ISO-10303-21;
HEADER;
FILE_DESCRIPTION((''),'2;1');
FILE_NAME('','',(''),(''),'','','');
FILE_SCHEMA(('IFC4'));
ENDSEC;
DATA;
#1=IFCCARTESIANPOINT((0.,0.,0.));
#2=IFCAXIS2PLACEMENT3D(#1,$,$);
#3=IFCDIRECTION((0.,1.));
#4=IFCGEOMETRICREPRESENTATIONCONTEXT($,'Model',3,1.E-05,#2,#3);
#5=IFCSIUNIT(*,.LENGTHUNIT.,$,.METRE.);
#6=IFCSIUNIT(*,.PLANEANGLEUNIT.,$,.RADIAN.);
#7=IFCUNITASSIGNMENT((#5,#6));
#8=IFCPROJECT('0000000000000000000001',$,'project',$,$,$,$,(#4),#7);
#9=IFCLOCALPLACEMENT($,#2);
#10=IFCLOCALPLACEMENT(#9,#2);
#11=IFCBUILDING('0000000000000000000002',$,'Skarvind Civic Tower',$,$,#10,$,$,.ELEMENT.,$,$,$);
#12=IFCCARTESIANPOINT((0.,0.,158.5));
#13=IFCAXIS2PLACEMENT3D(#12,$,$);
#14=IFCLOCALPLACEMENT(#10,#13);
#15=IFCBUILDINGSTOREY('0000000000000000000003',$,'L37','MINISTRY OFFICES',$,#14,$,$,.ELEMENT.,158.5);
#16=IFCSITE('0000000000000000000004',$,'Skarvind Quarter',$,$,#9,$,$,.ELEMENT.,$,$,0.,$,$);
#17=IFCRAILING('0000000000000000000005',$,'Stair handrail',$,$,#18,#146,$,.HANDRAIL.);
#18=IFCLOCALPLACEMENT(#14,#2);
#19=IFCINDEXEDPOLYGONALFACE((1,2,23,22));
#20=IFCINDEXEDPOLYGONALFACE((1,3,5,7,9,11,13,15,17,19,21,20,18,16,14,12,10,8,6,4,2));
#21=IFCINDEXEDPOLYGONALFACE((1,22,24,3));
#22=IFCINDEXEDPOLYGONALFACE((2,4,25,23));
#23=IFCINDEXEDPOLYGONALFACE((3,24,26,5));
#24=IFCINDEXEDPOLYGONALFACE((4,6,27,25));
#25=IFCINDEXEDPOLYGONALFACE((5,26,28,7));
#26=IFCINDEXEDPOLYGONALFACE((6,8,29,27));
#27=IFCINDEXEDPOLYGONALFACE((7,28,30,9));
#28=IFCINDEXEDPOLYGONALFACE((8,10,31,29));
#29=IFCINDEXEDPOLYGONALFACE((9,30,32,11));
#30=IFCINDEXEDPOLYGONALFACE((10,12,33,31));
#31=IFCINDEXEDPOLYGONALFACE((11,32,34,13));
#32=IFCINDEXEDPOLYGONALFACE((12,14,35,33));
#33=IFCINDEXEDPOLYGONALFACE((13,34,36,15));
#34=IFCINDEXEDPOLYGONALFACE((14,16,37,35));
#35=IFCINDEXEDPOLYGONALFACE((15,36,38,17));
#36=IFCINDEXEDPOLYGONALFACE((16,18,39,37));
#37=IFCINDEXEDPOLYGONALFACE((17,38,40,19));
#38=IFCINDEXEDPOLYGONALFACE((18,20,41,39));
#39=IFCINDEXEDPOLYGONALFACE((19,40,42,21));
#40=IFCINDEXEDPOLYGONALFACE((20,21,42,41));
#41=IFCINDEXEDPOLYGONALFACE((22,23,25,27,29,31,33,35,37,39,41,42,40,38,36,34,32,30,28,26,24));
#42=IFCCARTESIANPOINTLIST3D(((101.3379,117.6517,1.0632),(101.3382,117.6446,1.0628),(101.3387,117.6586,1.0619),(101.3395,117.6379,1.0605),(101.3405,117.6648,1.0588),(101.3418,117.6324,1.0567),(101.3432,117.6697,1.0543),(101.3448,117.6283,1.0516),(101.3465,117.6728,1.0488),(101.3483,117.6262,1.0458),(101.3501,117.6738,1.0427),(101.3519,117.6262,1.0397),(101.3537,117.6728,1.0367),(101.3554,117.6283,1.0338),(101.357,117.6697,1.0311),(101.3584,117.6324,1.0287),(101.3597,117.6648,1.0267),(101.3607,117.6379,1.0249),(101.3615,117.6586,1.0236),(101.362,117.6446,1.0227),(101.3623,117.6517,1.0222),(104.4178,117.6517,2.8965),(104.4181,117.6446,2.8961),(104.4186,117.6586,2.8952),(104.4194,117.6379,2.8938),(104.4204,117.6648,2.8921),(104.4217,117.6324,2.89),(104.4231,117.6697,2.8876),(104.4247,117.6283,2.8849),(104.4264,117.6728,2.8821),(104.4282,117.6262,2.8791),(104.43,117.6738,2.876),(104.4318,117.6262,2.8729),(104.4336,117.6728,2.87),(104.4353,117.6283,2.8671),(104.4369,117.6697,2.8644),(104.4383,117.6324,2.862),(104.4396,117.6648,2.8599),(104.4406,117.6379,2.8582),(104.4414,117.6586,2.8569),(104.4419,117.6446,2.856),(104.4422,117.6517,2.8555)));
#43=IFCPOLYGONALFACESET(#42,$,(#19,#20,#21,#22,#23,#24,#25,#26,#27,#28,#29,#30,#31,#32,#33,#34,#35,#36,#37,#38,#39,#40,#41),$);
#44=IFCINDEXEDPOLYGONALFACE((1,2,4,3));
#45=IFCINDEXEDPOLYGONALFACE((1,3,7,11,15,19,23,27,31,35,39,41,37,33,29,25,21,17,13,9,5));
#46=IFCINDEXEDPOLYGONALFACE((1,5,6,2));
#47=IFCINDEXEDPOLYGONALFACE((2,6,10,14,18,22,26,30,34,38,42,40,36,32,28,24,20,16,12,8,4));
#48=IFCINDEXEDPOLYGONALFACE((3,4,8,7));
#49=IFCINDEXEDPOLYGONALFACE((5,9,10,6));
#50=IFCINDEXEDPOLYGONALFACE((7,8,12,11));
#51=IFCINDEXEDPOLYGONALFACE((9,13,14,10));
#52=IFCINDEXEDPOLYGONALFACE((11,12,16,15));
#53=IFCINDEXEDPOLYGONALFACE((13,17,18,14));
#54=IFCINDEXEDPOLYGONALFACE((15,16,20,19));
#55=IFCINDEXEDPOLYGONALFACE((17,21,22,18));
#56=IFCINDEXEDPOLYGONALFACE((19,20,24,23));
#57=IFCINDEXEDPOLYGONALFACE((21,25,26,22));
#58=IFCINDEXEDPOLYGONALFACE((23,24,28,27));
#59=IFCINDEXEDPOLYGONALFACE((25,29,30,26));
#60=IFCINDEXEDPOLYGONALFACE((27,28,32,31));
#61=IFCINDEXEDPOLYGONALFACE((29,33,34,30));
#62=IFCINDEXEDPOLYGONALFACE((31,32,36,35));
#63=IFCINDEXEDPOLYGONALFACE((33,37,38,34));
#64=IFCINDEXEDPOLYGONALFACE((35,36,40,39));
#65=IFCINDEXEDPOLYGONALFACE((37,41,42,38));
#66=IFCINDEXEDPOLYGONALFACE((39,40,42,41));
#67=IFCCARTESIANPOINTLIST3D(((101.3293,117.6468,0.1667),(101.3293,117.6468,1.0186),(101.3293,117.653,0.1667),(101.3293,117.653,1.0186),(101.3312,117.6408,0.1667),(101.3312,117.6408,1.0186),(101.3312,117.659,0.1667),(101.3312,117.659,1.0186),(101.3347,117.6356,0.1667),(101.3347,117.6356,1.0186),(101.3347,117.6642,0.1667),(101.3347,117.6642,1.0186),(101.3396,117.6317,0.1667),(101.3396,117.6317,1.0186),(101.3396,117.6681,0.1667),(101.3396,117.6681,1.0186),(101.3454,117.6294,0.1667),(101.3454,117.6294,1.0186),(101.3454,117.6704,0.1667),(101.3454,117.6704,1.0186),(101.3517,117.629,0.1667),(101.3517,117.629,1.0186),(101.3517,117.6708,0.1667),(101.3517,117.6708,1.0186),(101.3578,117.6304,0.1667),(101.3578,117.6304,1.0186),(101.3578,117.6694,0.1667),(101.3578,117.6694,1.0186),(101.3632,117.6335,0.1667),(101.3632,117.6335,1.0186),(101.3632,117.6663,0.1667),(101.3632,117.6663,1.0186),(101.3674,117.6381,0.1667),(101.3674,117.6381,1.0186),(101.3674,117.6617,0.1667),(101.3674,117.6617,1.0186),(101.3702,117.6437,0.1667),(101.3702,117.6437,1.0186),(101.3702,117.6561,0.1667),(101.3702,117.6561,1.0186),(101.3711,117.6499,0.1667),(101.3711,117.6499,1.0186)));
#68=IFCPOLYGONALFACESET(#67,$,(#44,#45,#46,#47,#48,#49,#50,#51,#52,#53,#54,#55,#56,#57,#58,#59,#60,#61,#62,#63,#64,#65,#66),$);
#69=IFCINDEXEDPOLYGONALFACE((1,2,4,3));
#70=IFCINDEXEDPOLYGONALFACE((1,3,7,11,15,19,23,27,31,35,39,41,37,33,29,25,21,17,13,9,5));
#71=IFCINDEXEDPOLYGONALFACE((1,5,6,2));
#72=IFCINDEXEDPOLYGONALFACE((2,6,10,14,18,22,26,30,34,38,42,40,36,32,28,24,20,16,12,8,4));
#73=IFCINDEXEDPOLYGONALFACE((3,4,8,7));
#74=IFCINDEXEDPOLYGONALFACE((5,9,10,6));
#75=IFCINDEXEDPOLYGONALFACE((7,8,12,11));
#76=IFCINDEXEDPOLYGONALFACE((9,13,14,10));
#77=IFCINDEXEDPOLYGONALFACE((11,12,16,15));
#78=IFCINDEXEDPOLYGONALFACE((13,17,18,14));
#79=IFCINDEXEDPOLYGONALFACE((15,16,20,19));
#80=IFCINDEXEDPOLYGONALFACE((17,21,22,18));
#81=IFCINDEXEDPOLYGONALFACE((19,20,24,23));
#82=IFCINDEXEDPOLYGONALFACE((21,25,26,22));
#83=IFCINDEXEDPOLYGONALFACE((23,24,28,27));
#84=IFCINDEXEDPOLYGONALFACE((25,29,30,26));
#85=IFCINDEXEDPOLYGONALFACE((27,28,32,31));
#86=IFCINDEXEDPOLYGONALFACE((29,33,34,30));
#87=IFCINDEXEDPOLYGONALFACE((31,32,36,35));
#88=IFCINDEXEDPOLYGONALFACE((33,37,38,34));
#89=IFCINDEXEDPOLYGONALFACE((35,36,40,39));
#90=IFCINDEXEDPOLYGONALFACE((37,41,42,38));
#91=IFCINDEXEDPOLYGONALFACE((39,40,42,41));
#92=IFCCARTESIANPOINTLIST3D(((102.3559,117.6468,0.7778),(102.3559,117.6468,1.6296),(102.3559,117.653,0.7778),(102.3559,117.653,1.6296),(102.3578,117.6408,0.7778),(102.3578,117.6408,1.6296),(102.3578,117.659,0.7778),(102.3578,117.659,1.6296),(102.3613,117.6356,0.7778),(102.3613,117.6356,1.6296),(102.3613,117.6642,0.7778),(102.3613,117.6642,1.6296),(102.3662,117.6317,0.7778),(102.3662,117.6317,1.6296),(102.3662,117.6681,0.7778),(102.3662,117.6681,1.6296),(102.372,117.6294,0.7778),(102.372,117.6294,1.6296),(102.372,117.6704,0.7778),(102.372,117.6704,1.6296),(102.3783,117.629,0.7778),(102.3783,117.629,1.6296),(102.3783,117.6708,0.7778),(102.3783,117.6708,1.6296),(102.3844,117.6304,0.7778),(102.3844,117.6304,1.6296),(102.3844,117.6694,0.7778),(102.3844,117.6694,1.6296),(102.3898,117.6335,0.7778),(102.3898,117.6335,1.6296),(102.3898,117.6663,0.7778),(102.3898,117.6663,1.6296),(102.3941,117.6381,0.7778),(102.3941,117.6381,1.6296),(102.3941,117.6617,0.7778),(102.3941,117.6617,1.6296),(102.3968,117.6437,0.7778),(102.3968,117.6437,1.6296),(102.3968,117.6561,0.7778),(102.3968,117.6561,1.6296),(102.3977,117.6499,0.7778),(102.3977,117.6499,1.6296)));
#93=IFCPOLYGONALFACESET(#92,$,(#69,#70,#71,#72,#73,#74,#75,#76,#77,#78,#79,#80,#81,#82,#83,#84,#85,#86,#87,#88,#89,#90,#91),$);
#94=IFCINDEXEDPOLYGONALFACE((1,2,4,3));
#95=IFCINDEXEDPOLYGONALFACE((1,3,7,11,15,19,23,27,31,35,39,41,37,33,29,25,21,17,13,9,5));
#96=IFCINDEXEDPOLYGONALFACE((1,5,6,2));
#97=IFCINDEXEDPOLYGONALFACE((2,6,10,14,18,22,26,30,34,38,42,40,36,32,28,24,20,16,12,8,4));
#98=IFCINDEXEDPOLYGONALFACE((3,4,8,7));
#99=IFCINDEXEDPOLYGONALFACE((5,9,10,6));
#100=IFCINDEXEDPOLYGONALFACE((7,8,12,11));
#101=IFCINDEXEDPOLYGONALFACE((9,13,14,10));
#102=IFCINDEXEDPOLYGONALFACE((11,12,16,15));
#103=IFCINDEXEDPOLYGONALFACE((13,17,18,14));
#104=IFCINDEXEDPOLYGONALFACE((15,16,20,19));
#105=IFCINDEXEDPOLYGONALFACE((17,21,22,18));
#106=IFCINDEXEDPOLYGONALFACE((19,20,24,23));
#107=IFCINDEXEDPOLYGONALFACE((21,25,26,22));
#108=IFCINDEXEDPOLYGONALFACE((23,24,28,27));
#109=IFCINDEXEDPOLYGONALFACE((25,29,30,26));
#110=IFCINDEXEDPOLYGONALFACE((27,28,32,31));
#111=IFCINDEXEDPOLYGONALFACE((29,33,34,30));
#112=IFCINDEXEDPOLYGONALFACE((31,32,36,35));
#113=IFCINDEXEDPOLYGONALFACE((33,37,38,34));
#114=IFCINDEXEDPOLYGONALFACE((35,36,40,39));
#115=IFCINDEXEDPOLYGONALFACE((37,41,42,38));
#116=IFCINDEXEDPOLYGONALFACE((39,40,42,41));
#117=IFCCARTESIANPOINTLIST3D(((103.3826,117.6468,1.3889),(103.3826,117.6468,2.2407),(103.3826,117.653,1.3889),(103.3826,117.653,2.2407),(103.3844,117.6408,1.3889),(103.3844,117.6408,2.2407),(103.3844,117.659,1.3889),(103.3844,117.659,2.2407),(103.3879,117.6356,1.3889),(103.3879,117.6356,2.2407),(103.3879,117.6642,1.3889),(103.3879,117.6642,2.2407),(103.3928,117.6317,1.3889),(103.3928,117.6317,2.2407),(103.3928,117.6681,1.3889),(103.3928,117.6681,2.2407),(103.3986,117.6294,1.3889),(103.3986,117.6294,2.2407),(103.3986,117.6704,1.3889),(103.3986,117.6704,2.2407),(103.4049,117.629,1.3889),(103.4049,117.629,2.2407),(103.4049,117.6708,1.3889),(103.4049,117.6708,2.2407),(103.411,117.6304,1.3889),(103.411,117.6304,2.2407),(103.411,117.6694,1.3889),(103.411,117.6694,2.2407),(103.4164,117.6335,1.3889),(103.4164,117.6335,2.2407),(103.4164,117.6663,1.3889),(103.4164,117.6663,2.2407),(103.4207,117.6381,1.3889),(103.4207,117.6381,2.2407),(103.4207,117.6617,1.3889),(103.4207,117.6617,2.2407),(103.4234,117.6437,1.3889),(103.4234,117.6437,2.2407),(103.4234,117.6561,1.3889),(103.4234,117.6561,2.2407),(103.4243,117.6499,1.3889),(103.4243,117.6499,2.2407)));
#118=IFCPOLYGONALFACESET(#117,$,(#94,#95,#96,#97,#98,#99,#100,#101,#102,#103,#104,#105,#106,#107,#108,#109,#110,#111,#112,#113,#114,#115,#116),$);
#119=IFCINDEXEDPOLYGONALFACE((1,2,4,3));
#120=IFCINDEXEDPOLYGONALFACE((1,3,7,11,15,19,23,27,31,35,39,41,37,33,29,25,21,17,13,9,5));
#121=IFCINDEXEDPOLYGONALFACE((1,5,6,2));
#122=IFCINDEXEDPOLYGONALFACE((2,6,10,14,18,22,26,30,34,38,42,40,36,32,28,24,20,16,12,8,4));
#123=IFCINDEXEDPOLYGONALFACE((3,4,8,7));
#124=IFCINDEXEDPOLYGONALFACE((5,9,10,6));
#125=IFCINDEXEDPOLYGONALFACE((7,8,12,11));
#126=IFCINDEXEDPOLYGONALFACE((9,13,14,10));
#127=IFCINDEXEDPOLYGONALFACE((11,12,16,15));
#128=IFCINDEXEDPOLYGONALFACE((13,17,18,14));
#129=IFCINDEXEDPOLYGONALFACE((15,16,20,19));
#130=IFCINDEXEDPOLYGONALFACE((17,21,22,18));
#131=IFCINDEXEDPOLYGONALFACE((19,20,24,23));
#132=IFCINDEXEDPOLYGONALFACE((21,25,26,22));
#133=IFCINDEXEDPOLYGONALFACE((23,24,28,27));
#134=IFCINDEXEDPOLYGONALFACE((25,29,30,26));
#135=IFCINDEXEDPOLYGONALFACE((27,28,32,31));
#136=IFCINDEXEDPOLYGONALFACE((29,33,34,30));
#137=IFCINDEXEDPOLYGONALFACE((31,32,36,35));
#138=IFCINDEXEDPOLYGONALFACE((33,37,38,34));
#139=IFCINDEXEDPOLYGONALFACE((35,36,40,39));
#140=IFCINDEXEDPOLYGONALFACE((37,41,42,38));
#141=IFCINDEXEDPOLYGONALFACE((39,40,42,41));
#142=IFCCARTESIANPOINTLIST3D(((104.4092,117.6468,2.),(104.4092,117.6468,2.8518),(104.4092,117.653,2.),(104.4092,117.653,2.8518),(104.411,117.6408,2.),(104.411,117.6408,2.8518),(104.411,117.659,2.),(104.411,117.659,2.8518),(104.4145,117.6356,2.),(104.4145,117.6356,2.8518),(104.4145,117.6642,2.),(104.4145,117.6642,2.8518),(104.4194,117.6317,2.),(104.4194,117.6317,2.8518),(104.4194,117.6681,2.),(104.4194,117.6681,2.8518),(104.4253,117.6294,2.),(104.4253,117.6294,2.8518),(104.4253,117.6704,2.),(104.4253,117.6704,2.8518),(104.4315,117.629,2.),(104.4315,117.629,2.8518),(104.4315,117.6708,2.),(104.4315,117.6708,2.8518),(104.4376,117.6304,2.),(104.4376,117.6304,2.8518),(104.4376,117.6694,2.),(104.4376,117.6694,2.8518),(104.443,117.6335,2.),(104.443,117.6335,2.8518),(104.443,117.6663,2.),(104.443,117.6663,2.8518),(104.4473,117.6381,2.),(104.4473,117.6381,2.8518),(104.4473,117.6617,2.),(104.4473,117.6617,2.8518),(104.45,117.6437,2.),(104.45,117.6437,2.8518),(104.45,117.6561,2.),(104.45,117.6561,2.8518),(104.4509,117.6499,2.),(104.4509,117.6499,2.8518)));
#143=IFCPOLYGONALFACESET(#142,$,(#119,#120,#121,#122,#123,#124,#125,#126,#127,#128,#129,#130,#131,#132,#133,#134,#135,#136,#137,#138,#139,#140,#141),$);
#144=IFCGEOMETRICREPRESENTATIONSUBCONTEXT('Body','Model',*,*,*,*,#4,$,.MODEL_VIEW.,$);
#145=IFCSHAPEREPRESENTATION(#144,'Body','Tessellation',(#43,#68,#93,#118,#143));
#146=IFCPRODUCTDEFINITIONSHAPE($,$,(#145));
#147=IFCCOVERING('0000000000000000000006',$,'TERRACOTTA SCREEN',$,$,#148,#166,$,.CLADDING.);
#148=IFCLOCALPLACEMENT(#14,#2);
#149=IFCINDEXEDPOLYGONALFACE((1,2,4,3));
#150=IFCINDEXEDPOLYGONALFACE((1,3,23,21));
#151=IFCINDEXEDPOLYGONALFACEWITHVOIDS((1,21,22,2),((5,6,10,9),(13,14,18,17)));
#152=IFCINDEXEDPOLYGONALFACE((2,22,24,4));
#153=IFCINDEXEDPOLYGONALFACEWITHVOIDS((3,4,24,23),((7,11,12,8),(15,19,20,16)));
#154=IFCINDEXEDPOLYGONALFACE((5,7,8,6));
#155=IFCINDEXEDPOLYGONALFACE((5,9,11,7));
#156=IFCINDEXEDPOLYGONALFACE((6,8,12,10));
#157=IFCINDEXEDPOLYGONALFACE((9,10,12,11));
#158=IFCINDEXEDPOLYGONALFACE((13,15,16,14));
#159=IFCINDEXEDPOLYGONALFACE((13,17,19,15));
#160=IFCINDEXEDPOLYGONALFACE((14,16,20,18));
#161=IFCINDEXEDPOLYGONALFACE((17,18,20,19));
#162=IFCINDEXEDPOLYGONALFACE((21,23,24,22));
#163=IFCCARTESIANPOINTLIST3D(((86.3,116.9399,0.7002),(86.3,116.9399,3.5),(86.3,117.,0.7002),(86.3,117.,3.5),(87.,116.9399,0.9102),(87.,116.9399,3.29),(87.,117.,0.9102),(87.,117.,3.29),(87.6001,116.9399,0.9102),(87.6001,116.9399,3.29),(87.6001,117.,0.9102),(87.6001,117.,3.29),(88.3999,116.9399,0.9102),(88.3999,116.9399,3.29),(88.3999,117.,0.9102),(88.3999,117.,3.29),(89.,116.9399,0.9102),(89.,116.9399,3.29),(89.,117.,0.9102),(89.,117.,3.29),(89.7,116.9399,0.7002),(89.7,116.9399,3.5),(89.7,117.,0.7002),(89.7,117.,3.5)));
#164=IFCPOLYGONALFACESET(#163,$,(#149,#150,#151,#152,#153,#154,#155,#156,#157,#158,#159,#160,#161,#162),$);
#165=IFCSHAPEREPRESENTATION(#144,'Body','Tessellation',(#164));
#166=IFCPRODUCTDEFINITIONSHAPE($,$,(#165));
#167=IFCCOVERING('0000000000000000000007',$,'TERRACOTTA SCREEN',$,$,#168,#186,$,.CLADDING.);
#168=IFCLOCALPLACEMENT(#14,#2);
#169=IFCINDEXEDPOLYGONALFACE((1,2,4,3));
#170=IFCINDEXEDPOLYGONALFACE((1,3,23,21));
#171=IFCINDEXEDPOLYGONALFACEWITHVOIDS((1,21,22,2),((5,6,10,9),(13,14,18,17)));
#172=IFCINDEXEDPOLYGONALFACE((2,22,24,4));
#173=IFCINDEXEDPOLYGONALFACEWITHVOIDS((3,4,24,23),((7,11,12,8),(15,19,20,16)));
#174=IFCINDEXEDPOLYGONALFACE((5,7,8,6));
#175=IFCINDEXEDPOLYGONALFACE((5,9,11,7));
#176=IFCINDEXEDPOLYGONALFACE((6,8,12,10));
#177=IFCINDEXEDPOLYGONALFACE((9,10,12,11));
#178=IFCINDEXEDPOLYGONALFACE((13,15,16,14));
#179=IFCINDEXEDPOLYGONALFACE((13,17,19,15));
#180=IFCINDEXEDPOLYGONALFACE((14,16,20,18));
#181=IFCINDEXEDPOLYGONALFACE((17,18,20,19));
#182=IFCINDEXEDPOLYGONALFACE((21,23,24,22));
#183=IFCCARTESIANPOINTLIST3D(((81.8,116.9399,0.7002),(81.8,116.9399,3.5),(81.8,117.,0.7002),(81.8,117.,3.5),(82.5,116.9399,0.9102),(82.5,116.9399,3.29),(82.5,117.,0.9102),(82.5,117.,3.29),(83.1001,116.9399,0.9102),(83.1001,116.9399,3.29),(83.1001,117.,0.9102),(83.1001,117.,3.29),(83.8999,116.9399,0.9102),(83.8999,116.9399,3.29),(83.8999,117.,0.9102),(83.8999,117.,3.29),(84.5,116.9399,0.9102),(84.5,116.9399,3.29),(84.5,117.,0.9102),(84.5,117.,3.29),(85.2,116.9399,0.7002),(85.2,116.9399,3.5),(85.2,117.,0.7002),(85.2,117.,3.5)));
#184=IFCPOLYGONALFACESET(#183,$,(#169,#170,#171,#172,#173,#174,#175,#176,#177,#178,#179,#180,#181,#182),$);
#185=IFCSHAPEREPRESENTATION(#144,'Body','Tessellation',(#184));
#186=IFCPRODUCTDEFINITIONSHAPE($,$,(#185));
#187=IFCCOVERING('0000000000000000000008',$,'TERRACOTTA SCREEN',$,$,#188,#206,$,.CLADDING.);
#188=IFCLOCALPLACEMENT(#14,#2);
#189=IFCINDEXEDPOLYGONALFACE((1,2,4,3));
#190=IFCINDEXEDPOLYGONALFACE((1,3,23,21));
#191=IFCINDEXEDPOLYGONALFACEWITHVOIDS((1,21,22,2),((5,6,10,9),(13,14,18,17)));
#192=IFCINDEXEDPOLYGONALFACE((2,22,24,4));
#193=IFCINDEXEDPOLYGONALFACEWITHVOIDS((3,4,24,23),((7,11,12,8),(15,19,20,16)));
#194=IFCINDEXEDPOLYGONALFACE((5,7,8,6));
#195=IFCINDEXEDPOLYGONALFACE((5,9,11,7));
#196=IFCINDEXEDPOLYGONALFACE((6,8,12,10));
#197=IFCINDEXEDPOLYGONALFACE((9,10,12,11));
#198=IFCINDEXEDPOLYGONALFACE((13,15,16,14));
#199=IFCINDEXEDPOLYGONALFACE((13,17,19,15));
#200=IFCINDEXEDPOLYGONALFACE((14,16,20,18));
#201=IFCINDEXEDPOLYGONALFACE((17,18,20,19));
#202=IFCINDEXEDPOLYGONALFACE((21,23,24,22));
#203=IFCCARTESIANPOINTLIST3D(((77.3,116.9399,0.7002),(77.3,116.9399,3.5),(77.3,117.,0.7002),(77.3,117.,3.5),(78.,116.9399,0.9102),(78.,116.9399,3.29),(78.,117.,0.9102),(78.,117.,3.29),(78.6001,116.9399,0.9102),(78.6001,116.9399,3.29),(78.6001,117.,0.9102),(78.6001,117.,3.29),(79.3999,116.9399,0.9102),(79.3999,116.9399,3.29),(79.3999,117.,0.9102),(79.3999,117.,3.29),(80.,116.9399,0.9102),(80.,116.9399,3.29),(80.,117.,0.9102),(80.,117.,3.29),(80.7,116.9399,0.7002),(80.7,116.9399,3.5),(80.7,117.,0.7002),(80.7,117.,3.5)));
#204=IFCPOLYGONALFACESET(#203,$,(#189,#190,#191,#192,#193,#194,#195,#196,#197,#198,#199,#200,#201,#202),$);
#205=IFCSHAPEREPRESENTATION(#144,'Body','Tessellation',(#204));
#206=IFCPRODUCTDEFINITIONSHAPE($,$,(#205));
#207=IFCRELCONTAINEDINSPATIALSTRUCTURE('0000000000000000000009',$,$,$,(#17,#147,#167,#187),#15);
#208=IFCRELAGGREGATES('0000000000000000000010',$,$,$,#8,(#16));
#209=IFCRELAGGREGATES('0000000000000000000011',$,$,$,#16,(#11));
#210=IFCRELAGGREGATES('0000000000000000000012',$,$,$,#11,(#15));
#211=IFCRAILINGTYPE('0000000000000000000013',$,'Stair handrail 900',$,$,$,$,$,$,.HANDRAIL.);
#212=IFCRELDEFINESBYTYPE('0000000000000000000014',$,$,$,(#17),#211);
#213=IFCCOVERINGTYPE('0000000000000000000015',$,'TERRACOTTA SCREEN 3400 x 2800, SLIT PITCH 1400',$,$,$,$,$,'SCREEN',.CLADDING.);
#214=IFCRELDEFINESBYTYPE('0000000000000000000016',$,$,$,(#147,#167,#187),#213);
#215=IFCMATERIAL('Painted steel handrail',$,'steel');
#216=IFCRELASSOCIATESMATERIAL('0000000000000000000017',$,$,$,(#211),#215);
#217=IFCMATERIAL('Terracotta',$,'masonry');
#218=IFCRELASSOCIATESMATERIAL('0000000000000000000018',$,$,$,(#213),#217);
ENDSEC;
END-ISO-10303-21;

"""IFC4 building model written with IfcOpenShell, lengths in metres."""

from ifc_helpers import new_model, si_unit, direction, frame, origin, origin_2d, place, context, subcontext, project, spatial, polyline, circle, outline, extrude, material, material_profile, profile_set, type_object, element, save


model = new_model("IFC4")

# Units and contexts
model_context = context("Model", 3, precision=1e-05, world=origin(), true_north=direction((0.0, 1.0)))
body_context = subcontext(model_context, "Body", "Model", "MODEL_VIEW")
ifc_project = project(units=[si_unit("LENGTHUNIT", "METRE"), si_unit("PLANEANGLEUNIT", "RADIAN")], contexts=[model_context])

# Site, building, storey
site_placement = place(None, origin())
site = spatial("IfcSite", under=ifc_project, at=site_placement, Name="Skarvind Quarter", CompositionType="ELEMENT", RefElevation=0.0)
building_placement = place(site_placement, origin())
building = spatial("IfcBuilding", under=site, at=building_placement, Name="Skarvind Civic Tower", CompositionType="ELEMENT")
storey_placement = place(building_placement, frame((0.0, 0.0, 158.5)))
storey = spatial("IfcBuildingStorey", under=building, at=storey_placement, Name="L37", Description="MINISTRY OFFICES", CompositionType="ELEMENT", Elevation=158.5)

# Railing
ifc_material_1 = material(Name="Painted steel handrail", Category="steel")
railing_type = type_object("IfcRailingType", Name="Stair handrail 900", PredefinedType="HANDRAIL", material=ifc_material_1)
railing_placement = place(storey_placement, frame((101.3501, 117.6499, 0.1667)))
element("IfcRailing", 1, at=railing_placement, inside=storey, type_object=railing_type, Name="Stair handrail", PredefinedType="HANDRAIL", context=body_context, shape_type="SweptSolid", body=[
    extrude(circle(Radius=0.0239, at=origin_2d()), frame((0.0, 0.0, 0.876), z_axis=(0.859291, 0.0, 0.511487), x_axis=(0.0, 1.0, 0.0)), (0.0, 0.0, 1.0), 3.5842),
    extrude(circle(Radius=0.021, at=origin_2d()), origin(), (0.0, 0.0, 1.0), 0.8518),
    extrude(circle(Radius=0.021, at=origin_2d()), frame((1.0266, 0.0, 0.6111)), (0.0, 0.0, 1.0), 0.8518),
    extrude(circle(Radius=0.021, at=origin_2d()), frame((2.0532, 0.0, 1.2222)), (0.0, 0.0, 1.0), 0.8518),
    extrude(circle(Radius=0.021, at=origin_2d()), frame((3.0798, 0.0, 1.8333)), (0.0, 0.0, 1.0), 0.8518),
])

# Coverings
ifc_material_2 = material(Name="Terracotta", Category="masonry")
ifc_material_profile_1 = material_profile(ifc_material_2, outline(polyline([(-1.7, -1.3999), (1.7, -1.3999), (1.7, 1.3999), (-1.7, 1.3999), (-1.7, -1.3999)]), holes=[polyline([(-1.0, -1.1899), (-0.3999, -1.1899), (-0.3999, 1.1899), (-1.0, 1.1899), (-1.0, -1.1899)]), polyline([(0.3999, -1.1899), (1.0, -1.1899), (1.0, 1.1899), (0.3999, 1.1899), (0.3999, -1.1899)])]), Name="TERRACOTTA SCREEN 3400 x 2800, SLIT PITCH 1400")
ifc_profile_set_1 = profile_set([ifc_material_profile_1], Name="Terracotta")
covering_type = type_object("IfcCoveringType", Name="TERRACOTTA SCREEN 3400 x 2800, SLIT PITCH 1400", ElementType="SCREEN", PredefinedType="CLADDING", material=ifc_profile_set_1)
for number, where, z_axis, x_axis, name in (
    (2, (88.0, 117.0, 2.1001), (0.0, -1.0, 0.0), (1.0, 0.0, 0.0), "TERRACOTTA SCREEN"),
    (3, (83.5, 117.0, 2.1001), (0.0, -1.0, 0.0), (1.0, 0.0, 0.0), "TERRACOTTA SCREEN"),
    (4, (79.0, 117.0, 2.1001), (0.0, -1.0, 0.0), (1.0, 0.0, 0.0), "TERRACOTTA SCREEN"),
):
    element("IfcCovering", number, at=place(storey_placement, frame(where, z_axis=z_axis, x_axis=x_axis)), inside=storey, type_object=covering_type, Name=name, PredefinedType="CLADDING", context=body_context, shape_type="SweptSolid", body=[
        extrude(outline(polyline([(-1.7, -1.3999), (1.7, -1.3999), (1.7, 1.3999), (-1.7, 1.3999), (-1.7, -1.3999)]), holes=[polyline([(-1.0, -1.1899), (-0.3999, -1.1899), (-0.3999, 1.1899), (-1.0, 1.1899), (-1.0, -1.1899)]), polyline([(0.3999, -1.1899), (1.0, -1.1899), (1.0, 1.1899), (0.3999, 1.1899), (0.3999, -1.1899)])]), origin(), (0.0, 0.0, 1.0), 0.0601),
    ])

save(model, "model.ifc")
